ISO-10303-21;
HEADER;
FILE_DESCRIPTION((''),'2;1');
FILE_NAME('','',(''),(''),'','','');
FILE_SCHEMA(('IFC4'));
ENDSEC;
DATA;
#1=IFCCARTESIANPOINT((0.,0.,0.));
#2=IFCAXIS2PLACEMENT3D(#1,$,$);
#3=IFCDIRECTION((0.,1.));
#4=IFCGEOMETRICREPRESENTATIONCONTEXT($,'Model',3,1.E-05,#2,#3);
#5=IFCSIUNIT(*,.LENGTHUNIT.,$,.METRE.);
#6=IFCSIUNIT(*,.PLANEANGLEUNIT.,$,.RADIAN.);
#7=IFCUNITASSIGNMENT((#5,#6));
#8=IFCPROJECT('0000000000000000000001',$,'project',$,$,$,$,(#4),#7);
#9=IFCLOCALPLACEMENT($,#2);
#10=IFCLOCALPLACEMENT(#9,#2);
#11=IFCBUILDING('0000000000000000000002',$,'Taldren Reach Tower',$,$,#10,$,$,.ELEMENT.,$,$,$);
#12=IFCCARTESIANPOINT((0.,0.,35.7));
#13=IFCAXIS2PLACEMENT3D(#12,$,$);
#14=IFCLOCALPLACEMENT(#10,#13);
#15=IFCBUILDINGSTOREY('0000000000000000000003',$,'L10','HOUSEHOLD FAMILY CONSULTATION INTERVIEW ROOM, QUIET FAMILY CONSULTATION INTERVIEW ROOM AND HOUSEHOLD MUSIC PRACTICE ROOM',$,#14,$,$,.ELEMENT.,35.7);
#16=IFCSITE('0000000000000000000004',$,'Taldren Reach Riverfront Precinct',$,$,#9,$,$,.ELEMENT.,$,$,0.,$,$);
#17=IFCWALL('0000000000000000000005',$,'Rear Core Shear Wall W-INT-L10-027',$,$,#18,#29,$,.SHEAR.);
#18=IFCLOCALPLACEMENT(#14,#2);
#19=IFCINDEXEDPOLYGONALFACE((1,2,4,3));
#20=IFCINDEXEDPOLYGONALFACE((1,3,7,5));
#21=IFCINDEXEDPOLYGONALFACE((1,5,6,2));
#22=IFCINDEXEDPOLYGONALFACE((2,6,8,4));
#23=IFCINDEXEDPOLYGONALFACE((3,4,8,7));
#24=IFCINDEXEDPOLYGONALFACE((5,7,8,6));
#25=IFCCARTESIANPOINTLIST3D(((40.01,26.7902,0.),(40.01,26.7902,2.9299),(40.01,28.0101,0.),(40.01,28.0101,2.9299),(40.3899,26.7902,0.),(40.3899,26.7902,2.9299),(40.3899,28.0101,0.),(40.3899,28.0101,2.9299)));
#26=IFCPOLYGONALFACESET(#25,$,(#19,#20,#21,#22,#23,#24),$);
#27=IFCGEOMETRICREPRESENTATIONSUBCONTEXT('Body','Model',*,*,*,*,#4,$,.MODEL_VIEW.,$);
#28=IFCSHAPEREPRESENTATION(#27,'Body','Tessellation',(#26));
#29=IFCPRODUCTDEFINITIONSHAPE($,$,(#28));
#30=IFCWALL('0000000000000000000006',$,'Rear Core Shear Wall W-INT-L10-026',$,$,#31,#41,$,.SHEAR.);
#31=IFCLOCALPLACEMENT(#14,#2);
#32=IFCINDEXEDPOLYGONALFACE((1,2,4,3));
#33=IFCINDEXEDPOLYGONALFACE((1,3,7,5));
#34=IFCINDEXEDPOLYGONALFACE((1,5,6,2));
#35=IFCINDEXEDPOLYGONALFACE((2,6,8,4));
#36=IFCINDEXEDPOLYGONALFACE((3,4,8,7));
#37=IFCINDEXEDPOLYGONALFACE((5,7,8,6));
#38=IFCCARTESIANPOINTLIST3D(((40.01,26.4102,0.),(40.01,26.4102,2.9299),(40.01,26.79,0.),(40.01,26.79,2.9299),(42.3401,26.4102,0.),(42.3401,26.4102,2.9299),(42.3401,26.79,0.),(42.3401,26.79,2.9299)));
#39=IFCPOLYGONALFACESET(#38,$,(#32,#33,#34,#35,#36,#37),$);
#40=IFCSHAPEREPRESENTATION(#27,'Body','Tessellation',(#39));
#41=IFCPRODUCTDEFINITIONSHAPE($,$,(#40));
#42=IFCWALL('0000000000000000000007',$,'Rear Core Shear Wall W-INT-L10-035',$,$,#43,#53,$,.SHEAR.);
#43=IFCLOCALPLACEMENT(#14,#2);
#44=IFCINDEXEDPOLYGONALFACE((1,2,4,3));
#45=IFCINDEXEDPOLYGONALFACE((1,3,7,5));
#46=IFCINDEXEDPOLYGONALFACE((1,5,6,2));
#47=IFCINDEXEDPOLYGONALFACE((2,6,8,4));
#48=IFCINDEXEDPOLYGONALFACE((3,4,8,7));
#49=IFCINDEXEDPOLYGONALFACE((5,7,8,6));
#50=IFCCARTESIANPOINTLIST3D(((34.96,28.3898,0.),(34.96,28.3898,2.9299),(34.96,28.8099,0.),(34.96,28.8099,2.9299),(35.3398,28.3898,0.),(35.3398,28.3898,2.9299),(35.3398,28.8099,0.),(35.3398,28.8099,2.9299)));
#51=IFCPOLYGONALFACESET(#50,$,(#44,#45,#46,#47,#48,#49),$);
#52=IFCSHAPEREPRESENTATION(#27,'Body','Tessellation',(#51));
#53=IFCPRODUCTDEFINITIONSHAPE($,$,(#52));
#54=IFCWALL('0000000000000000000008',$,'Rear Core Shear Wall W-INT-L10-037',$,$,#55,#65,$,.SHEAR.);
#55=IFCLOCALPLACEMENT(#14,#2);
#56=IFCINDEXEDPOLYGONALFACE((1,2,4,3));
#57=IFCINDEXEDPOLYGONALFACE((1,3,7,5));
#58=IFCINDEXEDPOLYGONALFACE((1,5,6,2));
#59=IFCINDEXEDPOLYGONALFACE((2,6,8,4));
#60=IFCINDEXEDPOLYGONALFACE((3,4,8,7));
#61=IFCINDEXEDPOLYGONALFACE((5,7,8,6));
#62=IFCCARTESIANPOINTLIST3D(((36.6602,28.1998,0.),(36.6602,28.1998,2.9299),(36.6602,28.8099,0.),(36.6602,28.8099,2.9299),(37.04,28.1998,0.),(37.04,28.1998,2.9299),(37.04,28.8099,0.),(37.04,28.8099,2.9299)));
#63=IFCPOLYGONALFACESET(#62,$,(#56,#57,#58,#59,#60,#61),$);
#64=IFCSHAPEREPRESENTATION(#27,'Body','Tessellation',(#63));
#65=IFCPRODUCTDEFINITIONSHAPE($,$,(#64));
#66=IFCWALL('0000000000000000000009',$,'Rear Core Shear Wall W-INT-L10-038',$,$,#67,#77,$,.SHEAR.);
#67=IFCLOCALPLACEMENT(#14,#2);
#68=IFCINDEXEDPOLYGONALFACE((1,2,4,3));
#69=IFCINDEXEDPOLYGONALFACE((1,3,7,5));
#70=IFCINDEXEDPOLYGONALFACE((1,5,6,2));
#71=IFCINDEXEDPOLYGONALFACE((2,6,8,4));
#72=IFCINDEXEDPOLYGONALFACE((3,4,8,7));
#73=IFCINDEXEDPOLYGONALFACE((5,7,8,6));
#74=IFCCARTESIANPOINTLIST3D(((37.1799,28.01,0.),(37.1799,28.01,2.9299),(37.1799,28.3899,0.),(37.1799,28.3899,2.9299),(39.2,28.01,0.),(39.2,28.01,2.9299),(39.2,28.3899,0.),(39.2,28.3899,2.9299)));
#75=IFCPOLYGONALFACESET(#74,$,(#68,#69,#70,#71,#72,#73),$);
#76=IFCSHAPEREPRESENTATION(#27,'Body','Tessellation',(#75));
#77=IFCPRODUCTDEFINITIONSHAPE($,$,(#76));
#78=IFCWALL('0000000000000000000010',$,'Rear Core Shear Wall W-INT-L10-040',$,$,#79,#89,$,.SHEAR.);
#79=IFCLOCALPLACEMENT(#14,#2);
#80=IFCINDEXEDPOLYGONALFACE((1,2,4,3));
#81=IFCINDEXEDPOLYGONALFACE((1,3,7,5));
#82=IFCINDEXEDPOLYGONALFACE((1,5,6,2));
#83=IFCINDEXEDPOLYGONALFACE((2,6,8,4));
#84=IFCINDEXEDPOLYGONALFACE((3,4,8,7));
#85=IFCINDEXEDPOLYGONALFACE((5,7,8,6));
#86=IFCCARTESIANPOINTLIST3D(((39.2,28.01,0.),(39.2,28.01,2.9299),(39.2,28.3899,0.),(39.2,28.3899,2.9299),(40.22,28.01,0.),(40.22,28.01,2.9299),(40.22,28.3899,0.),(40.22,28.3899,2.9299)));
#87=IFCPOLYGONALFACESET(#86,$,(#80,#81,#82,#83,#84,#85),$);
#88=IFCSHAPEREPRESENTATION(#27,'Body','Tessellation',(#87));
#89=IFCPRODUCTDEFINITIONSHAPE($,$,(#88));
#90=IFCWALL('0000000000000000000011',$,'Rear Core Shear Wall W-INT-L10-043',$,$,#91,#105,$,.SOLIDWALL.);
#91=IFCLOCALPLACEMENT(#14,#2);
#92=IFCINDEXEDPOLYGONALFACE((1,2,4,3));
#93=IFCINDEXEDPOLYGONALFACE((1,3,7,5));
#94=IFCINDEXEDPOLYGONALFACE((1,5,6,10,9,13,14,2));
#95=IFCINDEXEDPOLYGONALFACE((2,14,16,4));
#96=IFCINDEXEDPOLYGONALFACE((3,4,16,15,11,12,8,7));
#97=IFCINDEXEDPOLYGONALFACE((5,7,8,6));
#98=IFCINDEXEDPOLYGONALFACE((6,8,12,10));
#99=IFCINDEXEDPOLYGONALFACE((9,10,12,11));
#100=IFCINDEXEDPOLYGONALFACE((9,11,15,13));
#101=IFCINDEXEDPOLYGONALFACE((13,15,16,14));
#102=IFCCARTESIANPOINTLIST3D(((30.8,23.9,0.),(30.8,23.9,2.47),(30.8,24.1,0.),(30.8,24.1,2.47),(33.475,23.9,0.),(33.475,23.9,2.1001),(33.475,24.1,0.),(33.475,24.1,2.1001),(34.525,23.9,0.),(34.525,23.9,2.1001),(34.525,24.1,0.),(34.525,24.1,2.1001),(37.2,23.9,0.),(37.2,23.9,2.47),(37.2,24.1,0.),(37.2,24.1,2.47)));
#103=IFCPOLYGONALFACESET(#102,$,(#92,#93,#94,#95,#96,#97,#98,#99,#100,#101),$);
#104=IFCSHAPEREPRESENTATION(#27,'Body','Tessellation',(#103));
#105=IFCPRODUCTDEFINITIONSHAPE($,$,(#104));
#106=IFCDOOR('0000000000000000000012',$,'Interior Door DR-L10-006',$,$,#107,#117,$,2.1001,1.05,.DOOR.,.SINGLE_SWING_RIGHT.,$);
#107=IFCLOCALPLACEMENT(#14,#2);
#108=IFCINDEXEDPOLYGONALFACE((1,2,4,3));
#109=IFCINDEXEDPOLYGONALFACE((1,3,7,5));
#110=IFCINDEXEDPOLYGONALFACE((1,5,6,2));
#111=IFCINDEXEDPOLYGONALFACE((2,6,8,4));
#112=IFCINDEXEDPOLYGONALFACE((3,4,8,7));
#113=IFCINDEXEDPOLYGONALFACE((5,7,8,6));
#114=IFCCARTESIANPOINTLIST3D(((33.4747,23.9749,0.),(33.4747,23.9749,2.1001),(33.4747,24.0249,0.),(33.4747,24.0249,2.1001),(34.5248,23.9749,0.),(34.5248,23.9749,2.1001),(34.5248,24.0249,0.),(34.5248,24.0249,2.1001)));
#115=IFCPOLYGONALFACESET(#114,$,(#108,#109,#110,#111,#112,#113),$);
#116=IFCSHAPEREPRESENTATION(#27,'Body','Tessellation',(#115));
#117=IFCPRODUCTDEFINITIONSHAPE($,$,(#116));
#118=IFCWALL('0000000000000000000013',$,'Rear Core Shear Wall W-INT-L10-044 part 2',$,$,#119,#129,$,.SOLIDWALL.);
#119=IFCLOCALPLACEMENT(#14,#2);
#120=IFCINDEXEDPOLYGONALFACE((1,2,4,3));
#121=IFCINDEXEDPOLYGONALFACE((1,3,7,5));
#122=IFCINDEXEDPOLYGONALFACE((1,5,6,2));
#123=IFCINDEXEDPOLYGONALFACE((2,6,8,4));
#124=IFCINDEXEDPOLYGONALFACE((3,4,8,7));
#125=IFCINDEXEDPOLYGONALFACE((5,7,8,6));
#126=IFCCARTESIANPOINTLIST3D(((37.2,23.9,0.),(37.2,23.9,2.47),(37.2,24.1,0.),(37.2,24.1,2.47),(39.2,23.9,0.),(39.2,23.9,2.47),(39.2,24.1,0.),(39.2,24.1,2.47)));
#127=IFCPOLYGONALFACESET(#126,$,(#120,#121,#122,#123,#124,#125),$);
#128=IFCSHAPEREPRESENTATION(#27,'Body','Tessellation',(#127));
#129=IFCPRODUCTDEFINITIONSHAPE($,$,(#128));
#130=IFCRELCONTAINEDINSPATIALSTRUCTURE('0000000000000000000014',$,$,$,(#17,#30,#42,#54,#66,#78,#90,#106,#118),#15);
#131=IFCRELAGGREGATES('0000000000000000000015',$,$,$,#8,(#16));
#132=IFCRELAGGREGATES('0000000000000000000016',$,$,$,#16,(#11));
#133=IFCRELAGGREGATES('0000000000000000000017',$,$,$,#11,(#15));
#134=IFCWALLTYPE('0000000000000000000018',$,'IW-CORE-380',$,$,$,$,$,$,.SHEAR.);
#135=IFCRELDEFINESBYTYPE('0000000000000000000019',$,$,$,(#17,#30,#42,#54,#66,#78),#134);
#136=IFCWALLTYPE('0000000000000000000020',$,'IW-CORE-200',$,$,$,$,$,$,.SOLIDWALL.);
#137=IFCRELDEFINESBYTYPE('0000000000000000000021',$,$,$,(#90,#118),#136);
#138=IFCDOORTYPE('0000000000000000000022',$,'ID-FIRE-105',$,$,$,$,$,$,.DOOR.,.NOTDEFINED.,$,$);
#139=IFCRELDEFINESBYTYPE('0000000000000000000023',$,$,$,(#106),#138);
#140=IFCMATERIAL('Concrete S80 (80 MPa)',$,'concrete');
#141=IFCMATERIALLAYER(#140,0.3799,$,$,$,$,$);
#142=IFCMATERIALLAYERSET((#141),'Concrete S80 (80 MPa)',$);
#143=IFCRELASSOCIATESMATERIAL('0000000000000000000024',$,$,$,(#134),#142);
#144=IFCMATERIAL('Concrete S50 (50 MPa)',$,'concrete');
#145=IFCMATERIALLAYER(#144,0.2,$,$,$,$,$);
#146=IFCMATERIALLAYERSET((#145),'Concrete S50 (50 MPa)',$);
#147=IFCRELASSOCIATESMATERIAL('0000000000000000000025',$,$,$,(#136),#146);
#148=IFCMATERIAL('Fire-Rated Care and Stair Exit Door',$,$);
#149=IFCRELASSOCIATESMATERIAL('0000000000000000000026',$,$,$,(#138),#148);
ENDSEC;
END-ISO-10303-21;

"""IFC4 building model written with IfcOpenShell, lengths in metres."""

from ifc_helpers import new_model, si_unit, direction, frame, frame_2d, origin, place, context, subcontext, project, spatial, rectangle, extrude, source, transform, mapped, material, layer, layer_set, type_object, element, fill, save


model = new_model("IFC4")

# Units and contexts
model_context = context("Model", 3, precision=1e-05, world=origin(), true_north=direction((0.0, 1.0)))
body_context = subcontext(model_context, "Body", "Model", "MODEL_VIEW")
ifc_project = project(units=[si_unit("LENGTHUNIT", "METRE"), si_unit("PLANEANGLEUNIT", "RADIAN")], contexts=[model_context])

# Site, building, storey
site_placement = place(None, origin())
site = spatial("IfcSite", under=ifc_project, at=site_placement, Name="Taldren Reach Riverfront Precinct", CompositionType="ELEMENT", RefElevation=0.0)
building_placement = place(site_placement, origin())
building = spatial("IfcBuilding", under=site, at=building_placement, Name="Taldren Reach Tower", CompositionType="ELEMENT")
storey_placement = place(building_placement, frame((0.0, 0.0, 35.7)))
storey = spatial("IfcBuildingStorey", under=building, at=storey_placement, Name="L10", Description="HOUSEHOLD FAMILY CONSULTATION INTERVIEW ROOM, QUIET FAMILY CONSULTATION INTERVIEW ROOM AND HOUSEHOLD MUSIC PRACTICE ROOM", CompositionType="ELEMENT", Elevation=35.7)

# Walls
ifc_material_1 = material(Name="Concrete S80 (80 MPa)", Category="concrete")
ifc_layer_1 = layer(ifc_material_1, 0.3799)
ifc_layer_set_1 = layer_set([ifc_layer_1], Name="Concrete S80 (80 MPa)")
wall_type_1 = type_object("IfcWallType", Name="IW-CORE-380", PredefinedType="SHEAR", material=ifc_layer_set_1)
ifc_material_2 = material(Name="Concrete S50 (50 MPa)", Category="concrete")
ifc_layer_2 = layer(ifc_material_2, 0.2)
ifc_layer_set_2 = layer_set([ifc_layer_2], Name="Concrete S50 (50 MPa)")
wall_type_2 = type_object("IfcWallType", Name="IW-CORE-200", PredefinedType="SOLIDWALL", material=ifc_layer_set_2)
shared_shape_1 = source(origin(), body_context, "Body", "SweptSolid", [
    extrude(rectangle(XDim=1.22, YDim=0.3799, at=frame_2d((0.6099, 0.0))), origin(), (0.0, 0.0, 1.0), 2.9299),
])
wall_1_placement = place(storey_placement, frame((40.2, 28.01, 0.0), z_axis=(0.0, 0.0, 1.0), x_axis=(0.0, -1.0, 0.0)))
element("IfcWall", 1, at=wall_1_placement, inside=storey, type_object=wall_type_1, Name="Rear Core Shear Wall W-INT-L10-027", PredefinedType="SHEAR", context=body_context, shape_type="MappedRepresentation", body=[
    mapped(shared_shape_1, transform((0.0, 0.0, 0.0), scale=1.0)),
])
shared_shape_2 = source(origin(), body_context, "Body", "SweptSolid", [
    extrude(rectangle(XDim=2.3301, YDim=0.3799, at=frame_2d((1.165, 0.0))), origin(), (0.0, 0.0, 1.0), 2.9299),
])
wall_2_placement = place(storey_placement, frame((40.01, 26.6001, 0.0), z_axis=(0.0, 0.0, 1.0), x_axis=(1.0, 0.0, 0.0)))
element("IfcWall", 2, at=wall_2_placement, inside=storey, type_object=wall_type_1, Name="Rear Core Shear Wall W-INT-L10-026", PredefinedType="SHEAR", context=body_context, shape_type="MappedRepresentation", body=[
    mapped(shared_shape_2, transform((0.0, 0.0, 0.0), scale=1.0)),
])
shared_shape_3 = source(origin(), body_context, "Body", "SweptSolid", [
    extrude(rectangle(XDim=0.4202, YDim=0.3799, at=frame_2d((0.21, 0.0))), origin(), (0.0, 0.0, 1.0), 2.9299),
])
wall_3_placement = place(storey_placement, frame((35.1499, 28.3899, 0.0), z_axis=(0.0, 0.0, 1.0), x_axis=(0.0, 1.0, 0.0)))
element("IfcWall", 3, at=wall_3_placement, inside=storey, type_object=wall_type_1, Name="Rear Core Shear Wall W-INT-L10-035", PredefinedType="SHEAR", context=body_context, shape_type="MappedRepresentation", body=[
    mapped(shared_shape_3, transform((0.0, 0.0, 0.0), scale=1.0)),
])
shared_shape_4 = source(origin(), body_context, "Body", "SweptSolid", [
    extrude(rectangle(XDim=0.6101, YDim=0.3799, at=frame_2d((0.3052, 0.0))), origin(), (0.0, 0.0, 1.0), 2.9299),
])
wall_4_placement = place(storey_placement, frame((36.8501, 28.8101, 0.0), z_axis=(0.0, 0.0, 1.0), x_axis=(0.0, -1.0, 0.0)))
element("IfcWall", 4, at=wall_4_placement, inside=storey, type_object=wall_type_1, Name="Rear Core Shear Wall W-INT-L10-037", PredefinedType="SHEAR", context=body_context, shape_type="MappedRepresentation", body=[
    mapped(shared_shape_4, transform((0.0, 0.0, 0.0), scale=1.0)),
])
shared_shape_5 = source(origin(), body_context, "Body", "SweptSolid", [
    extrude(rectangle(XDim=2.02, YDim=0.3799, at=frame_2d((1.01, 0.0))), origin(), (0.0, 0.0, 1.0), 2.9299),
])
wall_5_placement = place(storey_placement, frame((37.1799, 28.2, 0.0), z_axis=(0.0, 0.0, 1.0), x_axis=(1.0, 0.0, 0.0)))
element("IfcWall", 5, at=wall_5_placement, inside=storey, type_object=wall_type_1, Name="Rear Core Shear Wall W-INT-L10-038", PredefinedType="SHEAR", context=body_context, shape_type="MappedRepresentation", body=[
    mapped(shared_shape_5, transform((0.0, 0.0, 0.0), scale=1.0)),
])
shared_shape_6 = source(origin(), body_context, "Body", "SweptSolid", [
    extrude(rectangle(XDim=1.02, YDim=0.3799, at=frame_2d((0.51, 0.0))), origin(), (0.0, 0.0, 1.0), 2.9299),
])
wall_6_placement = place(storey_placement, frame((39.2, 28.2, 0.0), z_axis=(0.0, 0.0, 1.0), x_axis=(1.0, 0.0, 0.0)))
element("IfcWall", 6, at=wall_6_placement, inside=storey, type_object=wall_type_1, Name="Rear Core Shear Wall W-INT-L10-040", PredefinedType="SHEAR", context=body_context, shape_type="MappedRepresentation", body=[
    mapped(shared_shape_6, transform((0.0, 0.0, 0.0), scale=1.0)),
])

# Wall, opening, door
shared_shape_7 = source(origin(), body_context, "Body", "SweptSolid", [
    extrude(rectangle(XDim=6.3999, YDim=0.2, at=frame_2d((3.2, 0.0))), origin(), (0.0, 0.0, 1.0), 2.47),
])
wall_7_placement = place(storey_placement, frame((37.2, 24.0, 0.0), z_axis=(0.0, 0.0, 1.0), x_axis=(-1.0, 0.0, 0.0)))
wall_7 = element("IfcWall", 7, at=wall_7_placement, inside=storey, type_object=wall_type_2, Name="Rear Core Shear Wall W-INT-L10-043", PredefinedType="SOLIDWALL", context=body_context, shape_type="MappedRepresentation", body=[
    mapped(shared_shape_7, transform((0.0, 0.0, 0.0), scale=1.0)),
])
shared_shape_8 = source(origin(), body_context, "Body", "SweptSolid", [
    extrude(rectangle(XDim=1.05, YDim=2.1001, at=frame_2d((0.5249, 1.05))), frame((0.0, 0.1099, 0.0), z_axis=(0.0, -1.0, 0.0), x_axis=(1.0, 0.0, 0.0)), (0.0, 0.0, 1.0), 0.22),
])
opening_placement = place(wall_7_placement, frame((2.675, 0.0, 0.0)))
opening = element("IfcOpeningElement", 8, at=opening_placement, cuts=wall_7, PredefinedType="OPENING", context=body_context, shape_type="MappedRepresentation", body=[
    mapped(shared_shape_8, transform((0.0, 0.0, 0.0), scale=1.0)),
])
ifc_material_3 = material(Name="Fire-Rated Care and Stair Exit Door")
door_type = type_object("IfcDoorType", Name="ID-FIRE-105", OperationType="NOTDEFINED", PredefinedType="DOOR", material=ifc_material_3)
shared_shape_9 = source(origin(), body_context, "Body", "SweptSolid", [
    extrude(rectangle(XDim=1.05, YDim=2.1001, at=frame_2d((0.5249, 1.05))), frame((0.0, 0.0249, 0.0), z_axis=(0.0, -1.0, 0.0), x_axis=(1.0, 0.0, 0.0)), (0.0, 0.0, 1.0), 0.05),
])
door_placement = place(opening_placement, frame((1.05, 0.0, 0.0), z_axis=(0.0, 0.0, 1.0), x_axis=(-1.0, 0.0, 0.0)))
door = element("IfcDoor", 9, at=door_placement, inside=storey, type_object=door_type, Name="Interior Door DR-L10-006", OperationType="SINGLE_SWING_RIGHT", OverallHeight=2.1001, OverallWidth=1.05, PredefinedType="DOOR", context=body_context, shape_type="MappedRepresentation", body=[
    mapped(shared_shape_9, transform((0.0, 0.0, 0.0), scale=1.0)),
])
fill(opening, door)

# Wall
shared_shape_10 = source(origin(), body_context, "Body", "SweptSolid", [
    extrude(rectangle(XDim=2.0, YDim=0.2, at=frame_2d((1.0, 0.0))), origin(), (0.0, 0.0, 1.0), 2.47),
])
wall_8_placement = place(storey_placement, frame((39.2, 24.0, 0.0), z_axis=(0.0, 0.0, 1.0), x_axis=(-1.0, 0.0, 0.0)))
element("IfcWall", 10, at=wall_8_placement, inside=storey, type_object=wall_type_2, Name="Rear Core Shear Wall W-INT-L10-044 part 2", PredefinedType="SOLIDWALL", context=body_context, shape_type="MappedRepresentation", body=[
    mapped(shared_shape_10, transform((0.0, 0.0, 0.0), scale=1.0)),
])

save(model, "model.ifc")
